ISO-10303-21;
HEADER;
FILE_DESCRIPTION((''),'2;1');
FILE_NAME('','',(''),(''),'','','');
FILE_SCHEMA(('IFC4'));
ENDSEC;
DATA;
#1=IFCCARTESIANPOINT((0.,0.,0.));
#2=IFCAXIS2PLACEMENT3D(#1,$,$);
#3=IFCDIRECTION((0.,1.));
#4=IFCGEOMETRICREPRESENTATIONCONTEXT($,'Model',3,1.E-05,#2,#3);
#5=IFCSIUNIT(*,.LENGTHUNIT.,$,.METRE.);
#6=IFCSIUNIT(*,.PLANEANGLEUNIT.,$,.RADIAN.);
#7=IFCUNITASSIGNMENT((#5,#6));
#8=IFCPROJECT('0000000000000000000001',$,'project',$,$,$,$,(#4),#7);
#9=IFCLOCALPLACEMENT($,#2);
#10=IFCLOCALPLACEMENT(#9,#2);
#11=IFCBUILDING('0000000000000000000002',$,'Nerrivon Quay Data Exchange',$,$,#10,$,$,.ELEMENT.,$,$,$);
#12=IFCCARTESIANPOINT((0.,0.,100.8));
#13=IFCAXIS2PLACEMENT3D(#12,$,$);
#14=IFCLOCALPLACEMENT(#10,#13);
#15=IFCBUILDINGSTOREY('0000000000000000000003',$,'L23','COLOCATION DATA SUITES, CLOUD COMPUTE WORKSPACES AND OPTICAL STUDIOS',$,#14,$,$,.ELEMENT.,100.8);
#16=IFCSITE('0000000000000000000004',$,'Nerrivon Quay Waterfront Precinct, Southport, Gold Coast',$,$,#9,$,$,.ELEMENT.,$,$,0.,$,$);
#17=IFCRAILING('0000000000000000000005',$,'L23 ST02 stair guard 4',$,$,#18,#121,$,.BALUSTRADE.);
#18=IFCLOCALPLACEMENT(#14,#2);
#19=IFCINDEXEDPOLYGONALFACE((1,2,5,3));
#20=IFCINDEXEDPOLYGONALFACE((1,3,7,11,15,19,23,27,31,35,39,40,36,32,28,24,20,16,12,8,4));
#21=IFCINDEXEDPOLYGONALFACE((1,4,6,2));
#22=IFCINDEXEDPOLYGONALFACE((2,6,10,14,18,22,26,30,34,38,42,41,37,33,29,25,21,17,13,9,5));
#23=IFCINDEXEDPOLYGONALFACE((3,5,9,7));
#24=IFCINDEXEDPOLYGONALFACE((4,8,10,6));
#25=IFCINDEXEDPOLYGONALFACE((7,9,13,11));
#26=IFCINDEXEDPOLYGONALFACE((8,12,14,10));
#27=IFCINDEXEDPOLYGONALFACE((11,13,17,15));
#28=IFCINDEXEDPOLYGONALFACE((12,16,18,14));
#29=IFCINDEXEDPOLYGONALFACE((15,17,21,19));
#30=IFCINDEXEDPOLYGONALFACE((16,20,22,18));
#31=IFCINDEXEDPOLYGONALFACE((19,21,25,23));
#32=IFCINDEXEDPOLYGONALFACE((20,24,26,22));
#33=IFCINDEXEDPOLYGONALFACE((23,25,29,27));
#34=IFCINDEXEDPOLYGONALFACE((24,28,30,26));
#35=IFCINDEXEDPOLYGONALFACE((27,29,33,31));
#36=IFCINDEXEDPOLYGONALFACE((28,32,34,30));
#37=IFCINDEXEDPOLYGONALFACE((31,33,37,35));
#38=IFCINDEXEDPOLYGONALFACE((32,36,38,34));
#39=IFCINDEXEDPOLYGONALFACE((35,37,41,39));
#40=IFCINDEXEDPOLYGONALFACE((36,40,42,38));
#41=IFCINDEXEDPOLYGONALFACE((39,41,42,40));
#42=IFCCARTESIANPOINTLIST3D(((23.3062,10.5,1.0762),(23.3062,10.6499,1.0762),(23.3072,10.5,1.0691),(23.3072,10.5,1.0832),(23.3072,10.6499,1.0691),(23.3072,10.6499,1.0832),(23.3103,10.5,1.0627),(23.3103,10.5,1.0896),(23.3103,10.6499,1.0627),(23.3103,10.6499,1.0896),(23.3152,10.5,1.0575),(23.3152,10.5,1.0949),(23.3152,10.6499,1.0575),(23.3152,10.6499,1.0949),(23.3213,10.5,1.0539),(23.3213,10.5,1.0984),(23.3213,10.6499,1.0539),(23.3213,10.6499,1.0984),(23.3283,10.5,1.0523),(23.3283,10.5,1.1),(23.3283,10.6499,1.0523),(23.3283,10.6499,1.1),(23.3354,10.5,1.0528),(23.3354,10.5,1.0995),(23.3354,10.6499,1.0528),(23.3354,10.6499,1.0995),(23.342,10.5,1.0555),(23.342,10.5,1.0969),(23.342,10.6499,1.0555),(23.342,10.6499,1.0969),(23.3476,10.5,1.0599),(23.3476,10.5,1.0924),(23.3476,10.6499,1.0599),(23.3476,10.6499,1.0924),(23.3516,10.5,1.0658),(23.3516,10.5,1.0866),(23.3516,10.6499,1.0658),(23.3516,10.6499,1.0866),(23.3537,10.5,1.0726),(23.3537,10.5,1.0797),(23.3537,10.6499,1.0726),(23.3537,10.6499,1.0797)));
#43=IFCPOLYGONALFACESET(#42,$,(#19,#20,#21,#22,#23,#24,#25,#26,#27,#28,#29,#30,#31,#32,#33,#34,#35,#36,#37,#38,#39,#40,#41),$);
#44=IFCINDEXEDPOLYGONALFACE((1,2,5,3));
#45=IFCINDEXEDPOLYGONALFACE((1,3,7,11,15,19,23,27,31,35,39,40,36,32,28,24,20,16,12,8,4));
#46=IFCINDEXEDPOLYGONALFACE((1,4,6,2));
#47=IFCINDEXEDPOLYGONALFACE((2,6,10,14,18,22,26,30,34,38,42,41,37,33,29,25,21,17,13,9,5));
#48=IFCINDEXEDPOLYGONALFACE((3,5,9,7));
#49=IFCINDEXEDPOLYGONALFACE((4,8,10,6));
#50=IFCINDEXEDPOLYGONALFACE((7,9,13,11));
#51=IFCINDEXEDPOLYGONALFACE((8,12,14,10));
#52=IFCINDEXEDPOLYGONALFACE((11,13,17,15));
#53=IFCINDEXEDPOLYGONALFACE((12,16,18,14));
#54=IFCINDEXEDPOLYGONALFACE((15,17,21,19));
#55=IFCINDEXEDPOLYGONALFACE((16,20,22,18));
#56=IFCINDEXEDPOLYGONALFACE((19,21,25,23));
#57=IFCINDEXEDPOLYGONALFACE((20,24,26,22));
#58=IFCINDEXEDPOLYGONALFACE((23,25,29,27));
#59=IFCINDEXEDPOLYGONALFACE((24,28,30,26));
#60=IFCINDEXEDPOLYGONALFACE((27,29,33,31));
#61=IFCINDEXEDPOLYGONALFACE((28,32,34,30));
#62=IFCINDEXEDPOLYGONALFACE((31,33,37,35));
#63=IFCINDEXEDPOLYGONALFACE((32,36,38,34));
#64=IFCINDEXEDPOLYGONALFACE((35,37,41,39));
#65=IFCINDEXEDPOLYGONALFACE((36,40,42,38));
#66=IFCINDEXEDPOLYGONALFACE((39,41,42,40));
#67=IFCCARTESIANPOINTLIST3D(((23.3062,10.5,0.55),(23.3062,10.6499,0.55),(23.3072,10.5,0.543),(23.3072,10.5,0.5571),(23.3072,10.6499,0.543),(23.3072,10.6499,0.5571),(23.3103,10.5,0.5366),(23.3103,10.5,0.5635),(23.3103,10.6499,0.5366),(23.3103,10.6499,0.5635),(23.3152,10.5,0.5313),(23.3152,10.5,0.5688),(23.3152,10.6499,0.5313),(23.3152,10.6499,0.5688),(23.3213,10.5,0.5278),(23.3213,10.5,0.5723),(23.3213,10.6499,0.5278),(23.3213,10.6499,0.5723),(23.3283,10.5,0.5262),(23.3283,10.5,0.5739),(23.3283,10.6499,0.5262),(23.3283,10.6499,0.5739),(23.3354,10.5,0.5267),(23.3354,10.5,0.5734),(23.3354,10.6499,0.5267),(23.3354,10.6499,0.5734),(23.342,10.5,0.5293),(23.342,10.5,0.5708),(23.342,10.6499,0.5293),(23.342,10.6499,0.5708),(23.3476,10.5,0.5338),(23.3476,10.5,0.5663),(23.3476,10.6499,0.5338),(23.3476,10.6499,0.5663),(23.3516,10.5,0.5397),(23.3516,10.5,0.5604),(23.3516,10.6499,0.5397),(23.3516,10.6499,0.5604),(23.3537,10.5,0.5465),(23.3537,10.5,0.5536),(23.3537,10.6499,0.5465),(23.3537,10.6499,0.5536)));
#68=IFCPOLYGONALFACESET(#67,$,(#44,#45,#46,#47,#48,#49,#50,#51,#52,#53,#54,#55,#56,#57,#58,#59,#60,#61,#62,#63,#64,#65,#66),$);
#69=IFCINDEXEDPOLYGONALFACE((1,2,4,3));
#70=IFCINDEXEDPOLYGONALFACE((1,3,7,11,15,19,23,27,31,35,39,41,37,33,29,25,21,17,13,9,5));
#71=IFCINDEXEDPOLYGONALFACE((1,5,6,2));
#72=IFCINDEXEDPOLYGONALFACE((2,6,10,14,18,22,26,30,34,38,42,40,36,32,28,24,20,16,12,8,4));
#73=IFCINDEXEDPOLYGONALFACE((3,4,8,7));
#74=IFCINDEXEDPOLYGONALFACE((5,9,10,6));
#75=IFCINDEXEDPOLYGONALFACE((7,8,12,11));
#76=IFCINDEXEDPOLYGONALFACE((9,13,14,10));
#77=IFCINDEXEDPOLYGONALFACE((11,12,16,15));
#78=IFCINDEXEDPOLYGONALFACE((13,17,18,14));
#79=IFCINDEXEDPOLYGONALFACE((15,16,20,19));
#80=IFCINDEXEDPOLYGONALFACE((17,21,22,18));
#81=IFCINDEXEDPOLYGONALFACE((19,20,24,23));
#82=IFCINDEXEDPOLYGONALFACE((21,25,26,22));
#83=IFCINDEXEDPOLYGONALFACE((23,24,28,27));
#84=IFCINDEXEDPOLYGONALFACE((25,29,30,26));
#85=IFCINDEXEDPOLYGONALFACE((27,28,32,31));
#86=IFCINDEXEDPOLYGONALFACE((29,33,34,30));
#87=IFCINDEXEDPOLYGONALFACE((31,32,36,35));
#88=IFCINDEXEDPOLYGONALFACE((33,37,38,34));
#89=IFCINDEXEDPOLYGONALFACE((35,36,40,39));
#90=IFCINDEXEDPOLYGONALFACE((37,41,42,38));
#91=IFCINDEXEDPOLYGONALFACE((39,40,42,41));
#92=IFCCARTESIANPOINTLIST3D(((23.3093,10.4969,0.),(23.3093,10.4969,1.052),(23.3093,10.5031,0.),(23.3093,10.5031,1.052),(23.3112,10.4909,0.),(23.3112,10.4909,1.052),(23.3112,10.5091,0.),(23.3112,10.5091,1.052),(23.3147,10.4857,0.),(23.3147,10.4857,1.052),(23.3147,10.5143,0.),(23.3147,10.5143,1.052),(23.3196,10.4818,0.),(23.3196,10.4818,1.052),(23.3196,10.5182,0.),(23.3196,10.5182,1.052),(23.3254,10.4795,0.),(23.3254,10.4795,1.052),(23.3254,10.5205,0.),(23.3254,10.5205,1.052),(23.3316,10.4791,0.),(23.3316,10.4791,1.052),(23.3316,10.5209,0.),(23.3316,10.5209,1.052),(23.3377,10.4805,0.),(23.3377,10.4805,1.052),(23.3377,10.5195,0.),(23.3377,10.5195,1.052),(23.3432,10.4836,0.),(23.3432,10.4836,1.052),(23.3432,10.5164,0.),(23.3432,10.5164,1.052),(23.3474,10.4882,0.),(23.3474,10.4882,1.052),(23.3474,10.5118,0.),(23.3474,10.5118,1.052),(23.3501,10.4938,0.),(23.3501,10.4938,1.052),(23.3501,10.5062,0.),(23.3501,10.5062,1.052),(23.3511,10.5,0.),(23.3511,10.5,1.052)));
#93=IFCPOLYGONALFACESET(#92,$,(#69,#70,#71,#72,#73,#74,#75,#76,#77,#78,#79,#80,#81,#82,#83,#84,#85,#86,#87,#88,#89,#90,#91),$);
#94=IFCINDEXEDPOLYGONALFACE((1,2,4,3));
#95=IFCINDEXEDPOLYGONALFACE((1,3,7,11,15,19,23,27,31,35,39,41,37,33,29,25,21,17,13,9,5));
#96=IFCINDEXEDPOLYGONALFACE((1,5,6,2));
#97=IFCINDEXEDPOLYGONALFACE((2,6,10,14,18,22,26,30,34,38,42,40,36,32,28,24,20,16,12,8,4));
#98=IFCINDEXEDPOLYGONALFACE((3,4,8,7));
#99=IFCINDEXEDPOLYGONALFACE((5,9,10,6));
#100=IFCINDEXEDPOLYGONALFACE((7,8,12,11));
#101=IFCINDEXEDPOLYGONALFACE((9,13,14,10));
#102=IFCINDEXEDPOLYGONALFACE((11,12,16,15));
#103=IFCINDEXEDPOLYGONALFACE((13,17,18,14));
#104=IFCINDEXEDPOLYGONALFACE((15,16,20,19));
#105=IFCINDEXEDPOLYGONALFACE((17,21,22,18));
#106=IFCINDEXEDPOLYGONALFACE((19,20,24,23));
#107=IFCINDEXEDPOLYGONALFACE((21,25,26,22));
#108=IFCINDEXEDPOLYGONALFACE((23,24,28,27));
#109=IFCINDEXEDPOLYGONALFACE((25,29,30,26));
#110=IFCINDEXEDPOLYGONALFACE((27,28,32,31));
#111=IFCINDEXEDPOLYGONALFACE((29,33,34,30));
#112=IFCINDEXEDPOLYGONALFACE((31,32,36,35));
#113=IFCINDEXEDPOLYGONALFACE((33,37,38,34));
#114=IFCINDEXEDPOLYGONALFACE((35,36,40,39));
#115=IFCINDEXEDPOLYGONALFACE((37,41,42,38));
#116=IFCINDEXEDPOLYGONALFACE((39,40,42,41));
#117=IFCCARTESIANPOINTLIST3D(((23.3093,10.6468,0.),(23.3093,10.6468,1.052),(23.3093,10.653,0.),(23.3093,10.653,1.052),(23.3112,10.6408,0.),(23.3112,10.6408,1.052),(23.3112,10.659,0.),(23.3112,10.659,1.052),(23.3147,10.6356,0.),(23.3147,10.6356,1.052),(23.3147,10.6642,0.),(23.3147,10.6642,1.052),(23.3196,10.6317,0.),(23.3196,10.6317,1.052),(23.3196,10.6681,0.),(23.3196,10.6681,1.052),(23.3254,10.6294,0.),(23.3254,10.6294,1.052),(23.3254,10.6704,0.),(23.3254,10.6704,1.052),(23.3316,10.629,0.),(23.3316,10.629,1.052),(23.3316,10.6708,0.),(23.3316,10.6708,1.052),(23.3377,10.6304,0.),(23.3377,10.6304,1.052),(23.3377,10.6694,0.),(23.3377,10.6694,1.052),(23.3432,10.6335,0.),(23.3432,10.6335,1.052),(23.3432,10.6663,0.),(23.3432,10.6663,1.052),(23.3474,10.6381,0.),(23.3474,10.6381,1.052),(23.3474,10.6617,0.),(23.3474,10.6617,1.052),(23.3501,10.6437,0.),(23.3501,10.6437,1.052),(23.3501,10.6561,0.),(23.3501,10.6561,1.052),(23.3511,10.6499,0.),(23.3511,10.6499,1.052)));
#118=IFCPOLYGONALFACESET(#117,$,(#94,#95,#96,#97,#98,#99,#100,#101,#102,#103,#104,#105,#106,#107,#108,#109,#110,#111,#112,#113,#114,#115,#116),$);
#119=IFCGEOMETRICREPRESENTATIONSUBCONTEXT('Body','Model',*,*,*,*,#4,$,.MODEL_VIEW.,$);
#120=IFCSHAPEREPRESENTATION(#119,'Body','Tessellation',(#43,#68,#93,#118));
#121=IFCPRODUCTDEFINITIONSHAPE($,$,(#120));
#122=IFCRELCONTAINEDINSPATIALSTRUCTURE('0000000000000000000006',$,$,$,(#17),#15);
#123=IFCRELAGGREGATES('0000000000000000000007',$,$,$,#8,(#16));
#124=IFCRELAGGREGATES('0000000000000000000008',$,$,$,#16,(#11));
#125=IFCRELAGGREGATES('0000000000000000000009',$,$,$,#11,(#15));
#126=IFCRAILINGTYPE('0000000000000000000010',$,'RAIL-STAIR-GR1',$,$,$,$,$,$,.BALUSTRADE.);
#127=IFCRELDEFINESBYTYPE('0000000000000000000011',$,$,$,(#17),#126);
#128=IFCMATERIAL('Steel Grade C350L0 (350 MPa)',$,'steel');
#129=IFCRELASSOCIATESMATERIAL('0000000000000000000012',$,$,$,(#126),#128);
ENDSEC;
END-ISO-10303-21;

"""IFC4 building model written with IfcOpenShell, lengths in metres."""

from ifc_helpers import new_model, si_unit, direction, frame, origin, origin_2d, place, context, subcontext, project, spatial, circle, extrude, material, type_object, element, save


model = new_model("IFC4")

# Units and contexts
model_context = context("Model", 3, precision=1e-05, world=origin(), true_north=direction((0.0, 1.0)))
body_context = subcontext(model_context, "Body", "Model", "MODEL_VIEW")
ifc_project = project(units=[si_unit("LENGTHUNIT", "METRE"), si_unit("PLANEANGLEUNIT", "RADIAN")], contexts=[model_context])

# Site, building, storey
site_placement = place(None, origin())
site = spatial("IfcSite", under=ifc_project, at=site_placement, Name="Nerrivon Quay Waterfront Precinct, Southport, Gold Coast", CompositionType="ELEMENT", RefElevation=0.0)
building_placement = place(site_placement, origin())
building = spatial("IfcBuilding", under=site, at=building_placement, Name="Nerrivon Quay Data Exchange", CompositionType="ELEMENT")
storey_placement = place(building_placement, frame((0.0, 0.0, 100.8)))
storey = spatial("IfcBuildingStorey", under=building, at=storey_placement, Name="L23", Description="COLOCATION DATA SUITES, CLOUD COMPUTE WORKSPACES AND OPTICAL STUDIOS", CompositionType="ELEMENT", Elevation=100.8)

# Railing
ifc_material_1 = material(Name="Steel Grade C350L0 (350 MPa)", Category="steel")
railing_type_1 = type_object("IfcRailingType", Name="RAIL-STAIR-GR1", PredefinedType="BALUSTRADE", material=ifc_material_1)
railing_1_placement = place(storey_placement, frame((23.3301, 10.5, 0.0)))
element("IfcRailing", 1, at=railing_1_placement, inside=storey, type_object=railing_type_1, Name="L23 ST02 stair guard 4", PredefinedType="BALUSTRADE", context=body_context, shape_type="SweptSolid", body=[
    extrude(circle(Radius=0.0239, at=origin_2d()), frame((0.0, 0.0, 1.0762), z_axis=(0.0, 1.0, 0.0), x_axis=(-1.0, 0.0, 0.0)), (0.0, 0.0, 1.0), 0.1499),
    extrude(circle(Radius=0.0239, at=origin_2d()), frame((0.0, 0.0, 0.55), z_axis=(0.0, 1.0, 0.0), x_axis=(-1.0, 0.0, 0.0)), (0.0, 0.0, 1.0), 0.1499),
    extrude(circle(Radius=0.021, at=origin_2d()), origin(), (0.0, 0.0, 1.0), 1.052),
    extrude(circle(Radius=0.021, at=origin_2d()), frame((0.0, 0.1499, 0.0)), (0.0, 0.0, 1.0), 1.052),
])

save(model, "model.ifc")
